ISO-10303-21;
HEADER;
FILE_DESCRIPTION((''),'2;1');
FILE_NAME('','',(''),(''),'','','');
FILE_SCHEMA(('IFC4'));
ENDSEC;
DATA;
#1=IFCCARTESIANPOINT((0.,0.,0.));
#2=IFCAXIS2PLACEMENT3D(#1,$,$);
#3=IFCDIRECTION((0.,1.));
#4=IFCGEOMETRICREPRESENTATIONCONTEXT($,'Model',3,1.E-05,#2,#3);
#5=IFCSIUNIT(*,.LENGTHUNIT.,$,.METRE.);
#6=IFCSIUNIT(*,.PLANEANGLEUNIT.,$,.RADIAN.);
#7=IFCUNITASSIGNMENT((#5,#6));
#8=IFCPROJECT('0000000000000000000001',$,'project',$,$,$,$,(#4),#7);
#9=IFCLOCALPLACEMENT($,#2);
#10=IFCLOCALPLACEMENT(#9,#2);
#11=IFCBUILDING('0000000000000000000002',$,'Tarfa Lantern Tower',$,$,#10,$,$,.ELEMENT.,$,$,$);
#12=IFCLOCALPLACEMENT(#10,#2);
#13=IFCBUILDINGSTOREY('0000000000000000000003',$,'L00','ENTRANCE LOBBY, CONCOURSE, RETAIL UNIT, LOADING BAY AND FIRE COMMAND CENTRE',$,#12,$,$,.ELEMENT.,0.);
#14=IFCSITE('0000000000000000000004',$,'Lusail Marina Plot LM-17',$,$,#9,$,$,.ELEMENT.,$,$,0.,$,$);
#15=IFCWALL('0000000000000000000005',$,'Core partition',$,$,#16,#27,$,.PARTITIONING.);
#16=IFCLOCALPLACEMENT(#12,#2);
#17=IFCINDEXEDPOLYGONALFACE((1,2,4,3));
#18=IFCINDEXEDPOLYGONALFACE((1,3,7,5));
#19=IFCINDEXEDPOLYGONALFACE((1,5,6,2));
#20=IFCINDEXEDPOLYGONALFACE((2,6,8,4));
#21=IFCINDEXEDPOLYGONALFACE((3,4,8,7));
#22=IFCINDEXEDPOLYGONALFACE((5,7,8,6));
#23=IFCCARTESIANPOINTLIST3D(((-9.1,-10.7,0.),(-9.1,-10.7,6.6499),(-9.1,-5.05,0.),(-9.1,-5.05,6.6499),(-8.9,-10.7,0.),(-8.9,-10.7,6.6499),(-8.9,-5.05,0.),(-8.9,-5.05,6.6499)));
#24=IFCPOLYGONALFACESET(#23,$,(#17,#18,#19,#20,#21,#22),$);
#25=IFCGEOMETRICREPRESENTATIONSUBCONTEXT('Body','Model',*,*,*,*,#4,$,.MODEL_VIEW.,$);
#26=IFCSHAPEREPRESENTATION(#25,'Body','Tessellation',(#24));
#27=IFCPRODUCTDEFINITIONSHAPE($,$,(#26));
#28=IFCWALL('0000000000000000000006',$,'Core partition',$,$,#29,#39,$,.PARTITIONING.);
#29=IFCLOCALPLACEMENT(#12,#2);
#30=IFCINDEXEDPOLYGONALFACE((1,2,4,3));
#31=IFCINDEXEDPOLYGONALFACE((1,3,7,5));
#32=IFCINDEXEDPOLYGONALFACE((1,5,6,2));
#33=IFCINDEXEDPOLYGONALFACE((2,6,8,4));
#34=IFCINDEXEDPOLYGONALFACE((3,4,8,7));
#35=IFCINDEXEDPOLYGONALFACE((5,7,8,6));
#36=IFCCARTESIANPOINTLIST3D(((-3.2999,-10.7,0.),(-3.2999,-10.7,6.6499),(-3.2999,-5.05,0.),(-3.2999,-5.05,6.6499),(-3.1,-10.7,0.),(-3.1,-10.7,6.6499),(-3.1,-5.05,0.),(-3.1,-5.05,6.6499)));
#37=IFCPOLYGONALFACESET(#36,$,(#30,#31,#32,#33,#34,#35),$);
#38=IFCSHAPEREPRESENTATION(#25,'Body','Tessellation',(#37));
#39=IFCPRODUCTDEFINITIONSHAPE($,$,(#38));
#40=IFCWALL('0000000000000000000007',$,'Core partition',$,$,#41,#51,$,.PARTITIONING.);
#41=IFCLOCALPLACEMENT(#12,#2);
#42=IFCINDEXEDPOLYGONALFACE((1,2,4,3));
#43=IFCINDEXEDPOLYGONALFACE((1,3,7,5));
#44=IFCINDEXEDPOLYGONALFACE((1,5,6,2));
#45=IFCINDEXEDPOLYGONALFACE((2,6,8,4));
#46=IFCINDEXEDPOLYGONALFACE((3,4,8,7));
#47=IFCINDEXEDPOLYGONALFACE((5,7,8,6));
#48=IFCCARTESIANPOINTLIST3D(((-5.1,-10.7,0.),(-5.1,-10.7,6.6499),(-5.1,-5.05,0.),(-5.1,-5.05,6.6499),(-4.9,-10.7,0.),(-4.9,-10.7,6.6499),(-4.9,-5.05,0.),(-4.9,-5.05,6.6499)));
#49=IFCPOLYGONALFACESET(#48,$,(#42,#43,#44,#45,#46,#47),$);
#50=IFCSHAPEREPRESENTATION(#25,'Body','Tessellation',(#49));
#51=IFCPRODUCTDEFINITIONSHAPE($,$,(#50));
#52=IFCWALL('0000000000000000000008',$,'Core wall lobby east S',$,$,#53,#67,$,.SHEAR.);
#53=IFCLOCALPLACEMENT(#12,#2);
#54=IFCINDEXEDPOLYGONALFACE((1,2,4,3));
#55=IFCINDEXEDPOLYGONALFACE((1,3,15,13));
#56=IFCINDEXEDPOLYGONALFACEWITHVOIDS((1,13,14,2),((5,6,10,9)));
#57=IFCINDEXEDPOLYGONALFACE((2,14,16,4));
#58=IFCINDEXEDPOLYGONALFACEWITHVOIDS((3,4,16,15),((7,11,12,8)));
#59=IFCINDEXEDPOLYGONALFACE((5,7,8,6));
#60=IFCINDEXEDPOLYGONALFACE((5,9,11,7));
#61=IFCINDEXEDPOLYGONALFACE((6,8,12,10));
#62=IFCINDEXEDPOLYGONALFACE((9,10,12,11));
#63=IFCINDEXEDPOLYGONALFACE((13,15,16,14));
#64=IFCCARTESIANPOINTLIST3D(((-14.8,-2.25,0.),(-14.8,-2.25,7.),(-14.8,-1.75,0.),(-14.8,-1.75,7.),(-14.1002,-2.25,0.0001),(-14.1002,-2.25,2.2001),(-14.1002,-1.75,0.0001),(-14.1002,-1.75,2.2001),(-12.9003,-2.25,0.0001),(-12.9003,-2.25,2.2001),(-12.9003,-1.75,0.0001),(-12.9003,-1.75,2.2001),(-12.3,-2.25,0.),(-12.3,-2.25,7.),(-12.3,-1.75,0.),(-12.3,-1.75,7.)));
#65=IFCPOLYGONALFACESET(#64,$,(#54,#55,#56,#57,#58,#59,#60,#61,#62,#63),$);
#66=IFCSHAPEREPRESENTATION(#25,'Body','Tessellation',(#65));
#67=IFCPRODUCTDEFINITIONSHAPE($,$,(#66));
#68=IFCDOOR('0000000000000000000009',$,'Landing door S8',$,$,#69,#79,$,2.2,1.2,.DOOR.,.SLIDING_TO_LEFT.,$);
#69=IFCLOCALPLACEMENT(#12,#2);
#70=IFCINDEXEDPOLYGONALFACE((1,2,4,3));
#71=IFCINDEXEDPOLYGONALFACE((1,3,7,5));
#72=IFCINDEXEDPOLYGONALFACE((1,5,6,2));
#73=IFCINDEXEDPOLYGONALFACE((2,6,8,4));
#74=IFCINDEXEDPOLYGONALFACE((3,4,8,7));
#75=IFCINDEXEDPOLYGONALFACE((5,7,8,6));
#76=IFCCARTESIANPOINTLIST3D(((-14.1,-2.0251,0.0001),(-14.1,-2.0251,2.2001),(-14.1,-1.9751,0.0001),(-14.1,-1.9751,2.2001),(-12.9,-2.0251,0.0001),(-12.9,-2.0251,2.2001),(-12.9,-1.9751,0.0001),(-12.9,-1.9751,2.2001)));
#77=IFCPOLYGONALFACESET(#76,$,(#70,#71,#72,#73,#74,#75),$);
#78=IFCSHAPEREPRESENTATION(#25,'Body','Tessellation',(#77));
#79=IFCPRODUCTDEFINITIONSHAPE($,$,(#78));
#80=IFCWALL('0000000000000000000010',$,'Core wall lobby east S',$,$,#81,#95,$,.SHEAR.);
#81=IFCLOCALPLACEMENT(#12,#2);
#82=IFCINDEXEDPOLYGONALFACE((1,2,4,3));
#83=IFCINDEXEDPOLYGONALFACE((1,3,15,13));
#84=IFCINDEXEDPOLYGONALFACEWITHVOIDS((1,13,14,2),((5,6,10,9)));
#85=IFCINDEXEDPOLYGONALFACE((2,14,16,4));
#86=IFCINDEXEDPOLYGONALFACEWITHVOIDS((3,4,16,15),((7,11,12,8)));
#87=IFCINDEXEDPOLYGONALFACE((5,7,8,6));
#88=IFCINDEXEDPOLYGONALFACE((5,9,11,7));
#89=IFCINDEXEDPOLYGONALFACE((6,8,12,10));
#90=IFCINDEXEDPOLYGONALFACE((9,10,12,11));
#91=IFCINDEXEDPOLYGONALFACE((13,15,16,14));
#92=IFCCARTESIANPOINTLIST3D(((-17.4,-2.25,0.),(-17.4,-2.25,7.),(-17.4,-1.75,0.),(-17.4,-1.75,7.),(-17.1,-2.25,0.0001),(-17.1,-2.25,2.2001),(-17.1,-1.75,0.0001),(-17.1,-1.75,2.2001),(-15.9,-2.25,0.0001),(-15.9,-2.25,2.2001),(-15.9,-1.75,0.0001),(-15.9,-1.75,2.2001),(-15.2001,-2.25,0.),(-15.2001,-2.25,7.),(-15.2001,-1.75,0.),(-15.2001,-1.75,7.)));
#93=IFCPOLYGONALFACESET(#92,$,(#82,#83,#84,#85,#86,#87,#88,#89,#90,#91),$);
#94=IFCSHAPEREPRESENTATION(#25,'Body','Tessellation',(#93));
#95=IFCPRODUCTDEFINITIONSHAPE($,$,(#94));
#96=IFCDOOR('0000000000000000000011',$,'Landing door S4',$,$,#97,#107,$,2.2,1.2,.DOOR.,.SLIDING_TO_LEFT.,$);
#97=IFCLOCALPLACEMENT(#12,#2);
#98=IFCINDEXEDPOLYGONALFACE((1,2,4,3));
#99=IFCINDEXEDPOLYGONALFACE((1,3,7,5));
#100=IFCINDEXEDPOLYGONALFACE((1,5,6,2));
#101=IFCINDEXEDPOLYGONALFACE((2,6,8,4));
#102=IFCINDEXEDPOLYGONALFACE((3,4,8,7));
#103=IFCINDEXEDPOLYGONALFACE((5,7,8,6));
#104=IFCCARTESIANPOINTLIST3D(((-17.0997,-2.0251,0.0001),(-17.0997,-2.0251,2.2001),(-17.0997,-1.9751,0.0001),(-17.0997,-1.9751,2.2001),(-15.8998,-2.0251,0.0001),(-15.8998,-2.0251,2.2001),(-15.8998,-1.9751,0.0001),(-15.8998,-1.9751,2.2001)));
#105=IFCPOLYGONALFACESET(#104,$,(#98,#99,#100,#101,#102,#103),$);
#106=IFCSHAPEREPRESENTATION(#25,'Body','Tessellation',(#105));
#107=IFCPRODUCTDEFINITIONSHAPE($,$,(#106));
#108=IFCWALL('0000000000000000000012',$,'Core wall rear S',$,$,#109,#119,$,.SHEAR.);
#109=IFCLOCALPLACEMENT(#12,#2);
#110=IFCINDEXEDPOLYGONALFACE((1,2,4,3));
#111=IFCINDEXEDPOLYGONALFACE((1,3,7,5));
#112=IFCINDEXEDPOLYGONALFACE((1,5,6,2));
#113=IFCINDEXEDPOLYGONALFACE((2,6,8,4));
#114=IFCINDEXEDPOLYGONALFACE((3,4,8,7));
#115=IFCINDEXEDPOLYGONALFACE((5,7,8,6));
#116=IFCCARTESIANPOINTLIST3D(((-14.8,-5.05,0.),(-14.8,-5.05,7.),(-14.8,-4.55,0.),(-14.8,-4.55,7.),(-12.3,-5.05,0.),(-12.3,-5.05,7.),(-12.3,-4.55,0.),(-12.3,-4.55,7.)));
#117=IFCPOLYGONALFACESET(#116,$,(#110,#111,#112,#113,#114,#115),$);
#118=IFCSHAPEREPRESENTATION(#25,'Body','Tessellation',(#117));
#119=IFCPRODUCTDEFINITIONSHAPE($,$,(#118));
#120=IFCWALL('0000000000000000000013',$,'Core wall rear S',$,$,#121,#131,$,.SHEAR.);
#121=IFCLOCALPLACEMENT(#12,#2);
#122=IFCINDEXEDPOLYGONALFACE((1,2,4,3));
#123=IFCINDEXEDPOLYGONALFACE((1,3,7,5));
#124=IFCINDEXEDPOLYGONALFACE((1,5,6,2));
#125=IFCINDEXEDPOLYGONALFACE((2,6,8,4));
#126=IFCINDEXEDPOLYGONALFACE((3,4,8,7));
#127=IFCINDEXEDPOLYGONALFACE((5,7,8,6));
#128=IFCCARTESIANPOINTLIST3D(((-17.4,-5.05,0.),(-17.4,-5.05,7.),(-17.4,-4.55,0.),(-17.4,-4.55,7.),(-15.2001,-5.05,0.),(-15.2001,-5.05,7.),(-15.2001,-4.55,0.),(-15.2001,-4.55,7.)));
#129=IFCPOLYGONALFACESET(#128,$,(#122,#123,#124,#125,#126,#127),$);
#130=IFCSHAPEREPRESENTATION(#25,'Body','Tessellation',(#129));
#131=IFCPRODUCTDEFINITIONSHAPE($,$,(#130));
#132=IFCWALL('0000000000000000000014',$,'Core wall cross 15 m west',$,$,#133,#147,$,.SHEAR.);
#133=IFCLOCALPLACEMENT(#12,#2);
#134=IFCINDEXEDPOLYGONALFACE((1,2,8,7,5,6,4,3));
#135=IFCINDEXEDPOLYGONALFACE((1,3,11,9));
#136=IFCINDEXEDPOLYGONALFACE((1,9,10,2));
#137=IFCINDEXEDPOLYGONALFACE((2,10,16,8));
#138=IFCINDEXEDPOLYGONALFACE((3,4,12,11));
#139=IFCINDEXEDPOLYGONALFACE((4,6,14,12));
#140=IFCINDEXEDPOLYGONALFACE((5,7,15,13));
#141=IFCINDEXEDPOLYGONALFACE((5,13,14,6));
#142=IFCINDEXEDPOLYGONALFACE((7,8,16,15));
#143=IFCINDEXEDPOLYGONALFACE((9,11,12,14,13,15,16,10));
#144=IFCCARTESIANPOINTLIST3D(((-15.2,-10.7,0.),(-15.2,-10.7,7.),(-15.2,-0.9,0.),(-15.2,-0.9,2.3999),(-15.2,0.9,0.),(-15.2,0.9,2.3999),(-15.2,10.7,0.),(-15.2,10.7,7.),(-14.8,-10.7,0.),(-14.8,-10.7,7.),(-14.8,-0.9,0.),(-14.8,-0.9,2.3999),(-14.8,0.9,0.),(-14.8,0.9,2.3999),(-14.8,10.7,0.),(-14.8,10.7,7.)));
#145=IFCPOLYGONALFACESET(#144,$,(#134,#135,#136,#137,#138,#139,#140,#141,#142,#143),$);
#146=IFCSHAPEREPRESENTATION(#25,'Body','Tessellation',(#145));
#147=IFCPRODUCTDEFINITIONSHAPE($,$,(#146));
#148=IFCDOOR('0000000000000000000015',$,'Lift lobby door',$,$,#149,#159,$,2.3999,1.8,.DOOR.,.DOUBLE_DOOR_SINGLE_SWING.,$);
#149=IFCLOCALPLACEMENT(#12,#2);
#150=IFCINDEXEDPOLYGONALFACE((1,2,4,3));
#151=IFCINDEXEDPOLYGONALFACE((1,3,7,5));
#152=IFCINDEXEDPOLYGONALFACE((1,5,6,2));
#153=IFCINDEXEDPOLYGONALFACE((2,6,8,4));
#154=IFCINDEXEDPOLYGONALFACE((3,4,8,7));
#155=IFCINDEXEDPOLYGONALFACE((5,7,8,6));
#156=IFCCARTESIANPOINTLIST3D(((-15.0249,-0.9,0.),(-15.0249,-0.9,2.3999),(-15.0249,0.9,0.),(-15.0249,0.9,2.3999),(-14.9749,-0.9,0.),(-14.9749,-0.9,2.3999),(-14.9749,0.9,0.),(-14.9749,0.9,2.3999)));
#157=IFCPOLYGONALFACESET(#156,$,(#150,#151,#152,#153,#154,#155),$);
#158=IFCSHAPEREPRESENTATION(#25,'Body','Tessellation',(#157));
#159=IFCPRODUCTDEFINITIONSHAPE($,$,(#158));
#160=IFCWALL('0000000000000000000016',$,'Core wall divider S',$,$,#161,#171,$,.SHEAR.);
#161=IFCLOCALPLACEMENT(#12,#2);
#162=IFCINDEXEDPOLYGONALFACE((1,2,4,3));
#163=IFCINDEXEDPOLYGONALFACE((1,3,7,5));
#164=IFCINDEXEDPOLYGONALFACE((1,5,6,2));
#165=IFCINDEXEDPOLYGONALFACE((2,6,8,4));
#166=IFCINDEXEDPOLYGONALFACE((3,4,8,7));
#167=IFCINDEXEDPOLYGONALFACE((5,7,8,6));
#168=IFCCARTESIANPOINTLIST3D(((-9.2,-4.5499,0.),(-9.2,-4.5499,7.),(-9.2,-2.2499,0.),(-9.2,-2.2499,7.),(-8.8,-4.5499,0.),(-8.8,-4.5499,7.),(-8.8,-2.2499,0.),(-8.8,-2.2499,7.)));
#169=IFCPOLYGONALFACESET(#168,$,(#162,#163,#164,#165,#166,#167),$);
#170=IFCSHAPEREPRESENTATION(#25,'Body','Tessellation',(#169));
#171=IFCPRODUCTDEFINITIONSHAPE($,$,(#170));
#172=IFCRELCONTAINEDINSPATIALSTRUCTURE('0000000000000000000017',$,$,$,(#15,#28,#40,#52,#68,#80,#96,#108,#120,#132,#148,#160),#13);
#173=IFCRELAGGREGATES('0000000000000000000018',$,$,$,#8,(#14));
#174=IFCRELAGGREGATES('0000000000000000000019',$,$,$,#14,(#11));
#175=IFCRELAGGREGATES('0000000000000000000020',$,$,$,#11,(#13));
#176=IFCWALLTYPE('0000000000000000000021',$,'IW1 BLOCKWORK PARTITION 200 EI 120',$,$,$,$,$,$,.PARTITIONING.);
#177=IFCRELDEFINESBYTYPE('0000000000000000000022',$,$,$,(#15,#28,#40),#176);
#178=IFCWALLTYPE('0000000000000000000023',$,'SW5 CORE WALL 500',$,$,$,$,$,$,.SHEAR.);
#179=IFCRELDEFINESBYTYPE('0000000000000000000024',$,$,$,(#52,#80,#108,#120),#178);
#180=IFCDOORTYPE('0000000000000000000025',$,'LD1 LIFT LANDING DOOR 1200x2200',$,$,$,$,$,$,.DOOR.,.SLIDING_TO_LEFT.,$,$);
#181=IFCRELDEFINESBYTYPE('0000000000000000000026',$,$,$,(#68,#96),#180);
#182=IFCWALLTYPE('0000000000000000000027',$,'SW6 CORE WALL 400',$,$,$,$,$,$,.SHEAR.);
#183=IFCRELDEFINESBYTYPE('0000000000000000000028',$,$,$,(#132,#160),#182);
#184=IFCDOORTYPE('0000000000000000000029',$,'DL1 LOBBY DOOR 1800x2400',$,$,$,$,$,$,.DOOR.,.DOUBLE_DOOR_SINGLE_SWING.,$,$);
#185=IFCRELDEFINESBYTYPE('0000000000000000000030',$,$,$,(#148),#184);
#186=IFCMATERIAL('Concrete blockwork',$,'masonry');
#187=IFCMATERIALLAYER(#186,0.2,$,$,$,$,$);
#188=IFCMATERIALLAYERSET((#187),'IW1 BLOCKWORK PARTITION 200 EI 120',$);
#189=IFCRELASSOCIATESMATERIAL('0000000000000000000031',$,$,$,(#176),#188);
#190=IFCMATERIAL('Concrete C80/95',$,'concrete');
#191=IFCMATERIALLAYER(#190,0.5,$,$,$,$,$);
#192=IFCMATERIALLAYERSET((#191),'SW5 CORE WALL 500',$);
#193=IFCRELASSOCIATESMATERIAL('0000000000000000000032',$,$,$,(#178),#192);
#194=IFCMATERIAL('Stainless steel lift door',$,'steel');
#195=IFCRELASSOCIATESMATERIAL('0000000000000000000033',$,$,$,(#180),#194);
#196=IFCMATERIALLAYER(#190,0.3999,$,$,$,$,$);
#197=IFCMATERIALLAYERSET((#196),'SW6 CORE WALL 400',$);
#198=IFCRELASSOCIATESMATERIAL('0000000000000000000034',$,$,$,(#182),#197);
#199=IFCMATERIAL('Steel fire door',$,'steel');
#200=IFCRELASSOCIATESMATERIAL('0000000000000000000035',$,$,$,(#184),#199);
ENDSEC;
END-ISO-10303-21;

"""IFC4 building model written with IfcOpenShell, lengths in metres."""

from ifc_helpers import new_model, si_unit, direction, frame, frame_2d, origin, place, context, subcontext, project, spatial, rectangle, extrude, material, layer, layer_set, type_object, element, fill, save


model = new_model("IFC4")

# Units and contexts
model_context = context("Model", 3, precision=1e-05, world=origin(), true_north=direction((0.0, 1.0)))
body_context = subcontext(model_context, "Body", "Model", "MODEL_VIEW")
ifc_project = project(units=[si_unit("LENGTHUNIT", "METRE"), si_unit("PLANEANGLEUNIT", "RADIAN")], contexts=[model_context])

# Site, building, storey
site_placement = place(None, origin())
site = spatial("IfcSite", under=ifc_project, at=site_placement, Name="Lusail Marina Plot LM-17", CompositionType="ELEMENT", RefElevation=0.0)
building_placement = place(site_placement, origin())
building = spatial("IfcBuilding", under=site, at=building_placement, Name="Tarfa Lantern Tower", CompositionType="ELEMENT")
storey_placement = place(building_placement, origin())
storey = spatial("IfcBuildingStorey", under=building, at=storey_placement, Name="L00", Description="ENTRANCE LOBBY, CONCOURSE, RETAIL UNIT, LOADING BAY AND FIRE COMMAND CENTRE", CompositionType="ELEMENT", Elevation=0.0)

# Shared definitions
ifc_material_1 = material(Name="Concrete C80/95", Category="concrete")

# Walls
ifc_material_2 = material(Name="Concrete blockwork", Category="masonry")
ifc_layer_1 = layer(ifc_material_2, 0.2)
ifc_layer_set_1 = layer_set([ifc_layer_1], Name="IW1 BLOCKWORK PARTITION 200 EI 120")
wall_type_1 = type_object("IfcWallType", Name="IW1 BLOCKWORK PARTITION 200 EI 120", PredefinedType="PARTITIONING", material=ifc_layer_set_1)
for number, where, z_axis, x_axis, name in (
    (1, (-9.0, -5.05, 0.0), (0.0, 0.0, 1.0), (0.0, -1.0, 0.0), "Core partition"),
    (2, (-3.2, -5.05, 0.0), (0.0, 0.0, 1.0), (0.0, -1.0, 0.0), "Core partition"),
    (3, (-5.0, -5.05, 0.0), (0.0, 0.0, 1.0), (0.0, -1.0, 0.0), "Core partition"),
):
    element("IfcWall", number, at=place(storey_placement, frame(where, z_axis=z_axis, x_axis=x_axis)), inside=storey, type_object=wall_type_1, Name=name, PredefinedType="PARTITIONING", context=body_context, shape_type="SweptSolid", body=[
        extrude(rectangle(XDim=5.6499, YDim=0.2, at=frame_2d((2.825, 0.0))), origin(), (0.0, 0.0, 1.0), 6.6499),
    ])

# Walls, openings, doors
ifc_layer_2 = layer(ifc_material_1, 0.5)
ifc_layer_set_2 = layer_set([ifc_layer_2], Name="SW5 CORE WALL 500")
wall_type_2 = type_object("IfcWallType", Name="SW5 CORE WALL 500", PredefinedType="SHEAR", material=ifc_layer_set_2)
wall_1_placement = place(storey_placement, frame((-12.3, -2.0, 0.0), z_axis=(0.0, 0.0, 1.0), x_axis=(-1.0, 0.0, 0.0)))
wall_1 = element("IfcWall", 4, at=wall_1_placement, inside=storey, type_object=wall_type_2, Name="Core wall lobby east S", PredefinedType="SHEAR", context=body_context, shape_type="SweptSolid", body=[
    extrude(rectangle(XDim=2.5, YDim=0.5, at=frame_2d((1.25, 0.0))), origin(), (0.0, 0.0, 1.0), 7.0),
])
opening_1_placement = place(wall_1_placement, frame((0.6001, 0.0, 0.0)))
opening_1 = element("IfcOpeningElement", 5, at=opening_1_placement, cuts=wall_1, PredefinedType="OPENING", context=body_context, shape_type="SweptSolid", body=[
    extrude(rectangle(XDim=1.2, YDim=2.2, at=frame_2d((0.6001, 1.1001))), frame((0.0, 0.26, 0.0), z_axis=(0.0, -1.0, 0.0), x_axis=(1.0, 0.0, 0.0)), (0.0, 0.0, 1.0), 0.52),
])
ifc_material_3 = material(Name="Stainless steel lift door", Category="steel")
door_type_1 = type_object("IfcDoorType", Name="LD1 LIFT LANDING DOOR 1200x2200", OperationType="SLIDING_TO_LEFT", PredefinedType="DOOR", material=ifc_material_3)
door_1_placement = place(opening_1_placement, frame((1.2, 0.0, 0.0), z_axis=(0.0, 0.0, 1.0), x_axis=(-1.0, 0.0, 0.0)))
door_1 = element("IfcDoor", 6, at=door_1_placement, inside=storey, type_object=door_type_1, Name="Landing door S8", OperationType="SLIDING_TO_LEFT", OverallHeight=2.2, OverallWidth=1.2, PredefinedType="DOOR", context=body_context, shape_type="SweptSolid", body=[
    extrude(rectangle(XDim=1.2, YDim=2.2, at=frame_2d((0.6001, 1.1001))), frame((0.0, 0.0249, 0.0), z_axis=(0.0, -1.0, 0.0), x_axis=(1.0, 0.0, 0.0)), (0.0, 0.0, 1.0), 0.05),
])
fill(opening_1, door_1)
wall_2_placement = place(storey_placement, frame((-15.2, -2.0, 0.0), z_axis=(0.0, 0.0, 1.0), x_axis=(-1.0, 0.0, 0.0)))
wall_2 = element("IfcWall", 7, at=wall_2_placement, inside=storey, type_object=wall_type_2, Name="Core wall lobby east S", PredefinedType="SHEAR", context=body_context, shape_type="SweptSolid", body=[
    extrude(rectangle(XDim=2.2, YDim=0.5, at=frame_2d((1.1001, 0.0))), origin(), (0.0, 0.0, 1.0), 7.0),
])
opening_2_placement = place(wall_2_placement, frame((0.7, 0.0, 0.0)))
opening_2 = element("IfcOpeningElement", 8, at=opening_2_placement, cuts=wall_2, PredefinedType="OPENING", context=body_context, shape_type="SweptSolid", body=[
    extrude(rectangle(XDim=1.2, YDim=2.2, at=frame_2d((0.6001, 1.1001))), frame((0.0, 0.26, 0.0), z_axis=(0.0, -1.0, 0.0), x_axis=(1.0, 0.0, 0.0)), (0.0, 0.0, 1.0), 0.52),
])
door_2_placement = place(opening_2_placement, frame((1.2, 0.0, 0.0), z_axis=(0.0, 0.0, 1.0), x_axis=(-1.0, 0.0, 0.0)))
door_2 = element("IfcDoor", 9, at=door_2_placement, inside=storey, type_object=door_type_1, Name="Landing door S4", OperationType="SLIDING_TO_LEFT", OverallHeight=2.2, OverallWidth=1.2, PredefinedType="DOOR", context=body_context, shape_type="SweptSolid", body=[
    extrude(rectangle(XDim=1.2, YDim=2.2, at=frame_2d((0.6001, 1.1001))), frame((0.0, 0.0249, 0.0), z_axis=(0.0, -1.0, 0.0), x_axis=(1.0, 0.0, 0.0)), (0.0, 0.0, 1.0), 0.05),
])
fill(opening_2, door_2)

# Walls
wall_3_placement = place(storey_placement, frame((-12.3, -4.8, 0.0), z_axis=(0.0, 0.0, 1.0), x_axis=(-1.0, 0.0, 0.0)))
element("IfcWall", 10, at=wall_3_placement, inside=storey, type_object=wall_type_2, Name="Core wall rear S", PredefinedType="SHEAR", context=body_context, shape_type="SweptSolid", body=[
    extrude(rectangle(XDim=2.5, YDim=0.5, at=frame_2d((1.25, 0.0))), origin(), (0.0, 0.0, 1.0), 7.0),
])
wall_4_placement = place(storey_placement, frame((-15.2, -4.8, 0.0), z_axis=(0.0, 0.0, 1.0), x_axis=(-1.0, 0.0, 0.0)))
element("IfcWall", 11, at=wall_4_placement, inside=storey, type_object=wall_type_2, Name="Core wall rear S", PredefinedType="SHEAR", context=body_context, shape_type="SweptSolid", body=[
    extrude(rectangle(XDim=2.2, YDim=0.5, at=frame_2d((1.1001, 0.0))), origin(), (0.0, 0.0, 1.0), 7.0),
])

# Wall, opening, door
ifc_layer_3 = layer(ifc_material_1, 0.3999)
ifc_layer_set_3 = layer_set([ifc_layer_3], Name="SW6 CORE WALL 400")
wall_type_3 = type_object("IfcWallType", Name="SW6 CORE WALL 400", PredefinedType="SHEAR", material=ifc_layer_set_3)
wall_5_placement = place(storey_placement, frame((-15.0, -10.7, 0.0), z_axis=(0.0, 0.0, 1.0), x_axis=(0.0, 1.0, 0.0)))
wall_5 = element("IfcWall", 12, at=wall_5_placement, inside=storey, type_object=wall_type_3, Name="Core wall cross 15 m west", PredefinedType="SHEAR", context=body_context, shape_type="SweptSolid", body=[
    extrude(rectangle(XDim=21.3999, YDim=0.3999, at=frame_2d((10.7, 0.0))), origin(), (0.0, 0.0, 1.0), 7.0),
])
opening_3_placement = place(wall_5_placement, frame((9.8, 0.0, 0.0)))
opening_3 = element("IfcOpeningElement", 13, at=opening_3_placement, cuts=wall_5, PredefinedType="OPENING", context=body_context, shape_type="SweptSolid", body=[
    extrude(rectangle(XDim=1.8, YDim=2.3999, at=frame_2d((0.8999, 1.2))), frame((0.0, 0.21, 0.0), z_axis=(0.0, -1.0, 0.0), x_axis=(1.0, 0.0, 0.0)), (0.0, 0.0, 1.0), 0.4199),
])
ifc_material_4 = material(Name="Steel fire door", Category="steel")
door_type_2 = type_object("IfcDoorType", Name="DL1 LOBBY DOOR 1800x2400", OperationType="DOUBLE_DOOR_SINGLE_SWING", PredefinedType="DOOR", material=ifc_material_4)
door_3_placement = place(opening_3_placement, origin())
door_3 = element("IfcDoor", 14, at=door_3_placement, inside=storey, type_object=door_type_2, Name="Lift lobby door", OperationType="DOUBLE_DOOR_SINGLE_SWING", OverallHeight=2.3999, OverallWidth=1.8, PredefinedType="DOOR", context=body_context, shape_type="SweptSolid", body=[
    extrude(rectangle(XDim=1.8, YDim=2.3999, at=frame_2d((0.8999, 1.2))), frame((0.0, 0.0249, 0.0), z_axis=(0.0, -1.0, 0.0), x_axis=(1.0, 0.0, 0.0)), (0.0, 0.0, 1.0), 0.05),
])
fill(opening_3, door_3)

# Wall
wall_6_placement = place(storey_placement, frame((-9.0, -2.25, 0.0), z_axis=(0.0, 0.0, 1.0), x_axis=(0.0, -1.0, 0.0)))
element("IfcWall", 15, at=wall_6_placement, inside=storey, type_object=wall_type_3, Name="Core wall divider S", PredefinedType="SHEAR", context=body_context, shape_type="SweptSolid", body=[
    extrude(rectangle(XDim=2.3, YDim=0.3999, at=frame_2d((1.1499, 0.0))), origin(), (0.0, 0.0, 1.0), 7.0),
])

save(model, "model.ifc")
